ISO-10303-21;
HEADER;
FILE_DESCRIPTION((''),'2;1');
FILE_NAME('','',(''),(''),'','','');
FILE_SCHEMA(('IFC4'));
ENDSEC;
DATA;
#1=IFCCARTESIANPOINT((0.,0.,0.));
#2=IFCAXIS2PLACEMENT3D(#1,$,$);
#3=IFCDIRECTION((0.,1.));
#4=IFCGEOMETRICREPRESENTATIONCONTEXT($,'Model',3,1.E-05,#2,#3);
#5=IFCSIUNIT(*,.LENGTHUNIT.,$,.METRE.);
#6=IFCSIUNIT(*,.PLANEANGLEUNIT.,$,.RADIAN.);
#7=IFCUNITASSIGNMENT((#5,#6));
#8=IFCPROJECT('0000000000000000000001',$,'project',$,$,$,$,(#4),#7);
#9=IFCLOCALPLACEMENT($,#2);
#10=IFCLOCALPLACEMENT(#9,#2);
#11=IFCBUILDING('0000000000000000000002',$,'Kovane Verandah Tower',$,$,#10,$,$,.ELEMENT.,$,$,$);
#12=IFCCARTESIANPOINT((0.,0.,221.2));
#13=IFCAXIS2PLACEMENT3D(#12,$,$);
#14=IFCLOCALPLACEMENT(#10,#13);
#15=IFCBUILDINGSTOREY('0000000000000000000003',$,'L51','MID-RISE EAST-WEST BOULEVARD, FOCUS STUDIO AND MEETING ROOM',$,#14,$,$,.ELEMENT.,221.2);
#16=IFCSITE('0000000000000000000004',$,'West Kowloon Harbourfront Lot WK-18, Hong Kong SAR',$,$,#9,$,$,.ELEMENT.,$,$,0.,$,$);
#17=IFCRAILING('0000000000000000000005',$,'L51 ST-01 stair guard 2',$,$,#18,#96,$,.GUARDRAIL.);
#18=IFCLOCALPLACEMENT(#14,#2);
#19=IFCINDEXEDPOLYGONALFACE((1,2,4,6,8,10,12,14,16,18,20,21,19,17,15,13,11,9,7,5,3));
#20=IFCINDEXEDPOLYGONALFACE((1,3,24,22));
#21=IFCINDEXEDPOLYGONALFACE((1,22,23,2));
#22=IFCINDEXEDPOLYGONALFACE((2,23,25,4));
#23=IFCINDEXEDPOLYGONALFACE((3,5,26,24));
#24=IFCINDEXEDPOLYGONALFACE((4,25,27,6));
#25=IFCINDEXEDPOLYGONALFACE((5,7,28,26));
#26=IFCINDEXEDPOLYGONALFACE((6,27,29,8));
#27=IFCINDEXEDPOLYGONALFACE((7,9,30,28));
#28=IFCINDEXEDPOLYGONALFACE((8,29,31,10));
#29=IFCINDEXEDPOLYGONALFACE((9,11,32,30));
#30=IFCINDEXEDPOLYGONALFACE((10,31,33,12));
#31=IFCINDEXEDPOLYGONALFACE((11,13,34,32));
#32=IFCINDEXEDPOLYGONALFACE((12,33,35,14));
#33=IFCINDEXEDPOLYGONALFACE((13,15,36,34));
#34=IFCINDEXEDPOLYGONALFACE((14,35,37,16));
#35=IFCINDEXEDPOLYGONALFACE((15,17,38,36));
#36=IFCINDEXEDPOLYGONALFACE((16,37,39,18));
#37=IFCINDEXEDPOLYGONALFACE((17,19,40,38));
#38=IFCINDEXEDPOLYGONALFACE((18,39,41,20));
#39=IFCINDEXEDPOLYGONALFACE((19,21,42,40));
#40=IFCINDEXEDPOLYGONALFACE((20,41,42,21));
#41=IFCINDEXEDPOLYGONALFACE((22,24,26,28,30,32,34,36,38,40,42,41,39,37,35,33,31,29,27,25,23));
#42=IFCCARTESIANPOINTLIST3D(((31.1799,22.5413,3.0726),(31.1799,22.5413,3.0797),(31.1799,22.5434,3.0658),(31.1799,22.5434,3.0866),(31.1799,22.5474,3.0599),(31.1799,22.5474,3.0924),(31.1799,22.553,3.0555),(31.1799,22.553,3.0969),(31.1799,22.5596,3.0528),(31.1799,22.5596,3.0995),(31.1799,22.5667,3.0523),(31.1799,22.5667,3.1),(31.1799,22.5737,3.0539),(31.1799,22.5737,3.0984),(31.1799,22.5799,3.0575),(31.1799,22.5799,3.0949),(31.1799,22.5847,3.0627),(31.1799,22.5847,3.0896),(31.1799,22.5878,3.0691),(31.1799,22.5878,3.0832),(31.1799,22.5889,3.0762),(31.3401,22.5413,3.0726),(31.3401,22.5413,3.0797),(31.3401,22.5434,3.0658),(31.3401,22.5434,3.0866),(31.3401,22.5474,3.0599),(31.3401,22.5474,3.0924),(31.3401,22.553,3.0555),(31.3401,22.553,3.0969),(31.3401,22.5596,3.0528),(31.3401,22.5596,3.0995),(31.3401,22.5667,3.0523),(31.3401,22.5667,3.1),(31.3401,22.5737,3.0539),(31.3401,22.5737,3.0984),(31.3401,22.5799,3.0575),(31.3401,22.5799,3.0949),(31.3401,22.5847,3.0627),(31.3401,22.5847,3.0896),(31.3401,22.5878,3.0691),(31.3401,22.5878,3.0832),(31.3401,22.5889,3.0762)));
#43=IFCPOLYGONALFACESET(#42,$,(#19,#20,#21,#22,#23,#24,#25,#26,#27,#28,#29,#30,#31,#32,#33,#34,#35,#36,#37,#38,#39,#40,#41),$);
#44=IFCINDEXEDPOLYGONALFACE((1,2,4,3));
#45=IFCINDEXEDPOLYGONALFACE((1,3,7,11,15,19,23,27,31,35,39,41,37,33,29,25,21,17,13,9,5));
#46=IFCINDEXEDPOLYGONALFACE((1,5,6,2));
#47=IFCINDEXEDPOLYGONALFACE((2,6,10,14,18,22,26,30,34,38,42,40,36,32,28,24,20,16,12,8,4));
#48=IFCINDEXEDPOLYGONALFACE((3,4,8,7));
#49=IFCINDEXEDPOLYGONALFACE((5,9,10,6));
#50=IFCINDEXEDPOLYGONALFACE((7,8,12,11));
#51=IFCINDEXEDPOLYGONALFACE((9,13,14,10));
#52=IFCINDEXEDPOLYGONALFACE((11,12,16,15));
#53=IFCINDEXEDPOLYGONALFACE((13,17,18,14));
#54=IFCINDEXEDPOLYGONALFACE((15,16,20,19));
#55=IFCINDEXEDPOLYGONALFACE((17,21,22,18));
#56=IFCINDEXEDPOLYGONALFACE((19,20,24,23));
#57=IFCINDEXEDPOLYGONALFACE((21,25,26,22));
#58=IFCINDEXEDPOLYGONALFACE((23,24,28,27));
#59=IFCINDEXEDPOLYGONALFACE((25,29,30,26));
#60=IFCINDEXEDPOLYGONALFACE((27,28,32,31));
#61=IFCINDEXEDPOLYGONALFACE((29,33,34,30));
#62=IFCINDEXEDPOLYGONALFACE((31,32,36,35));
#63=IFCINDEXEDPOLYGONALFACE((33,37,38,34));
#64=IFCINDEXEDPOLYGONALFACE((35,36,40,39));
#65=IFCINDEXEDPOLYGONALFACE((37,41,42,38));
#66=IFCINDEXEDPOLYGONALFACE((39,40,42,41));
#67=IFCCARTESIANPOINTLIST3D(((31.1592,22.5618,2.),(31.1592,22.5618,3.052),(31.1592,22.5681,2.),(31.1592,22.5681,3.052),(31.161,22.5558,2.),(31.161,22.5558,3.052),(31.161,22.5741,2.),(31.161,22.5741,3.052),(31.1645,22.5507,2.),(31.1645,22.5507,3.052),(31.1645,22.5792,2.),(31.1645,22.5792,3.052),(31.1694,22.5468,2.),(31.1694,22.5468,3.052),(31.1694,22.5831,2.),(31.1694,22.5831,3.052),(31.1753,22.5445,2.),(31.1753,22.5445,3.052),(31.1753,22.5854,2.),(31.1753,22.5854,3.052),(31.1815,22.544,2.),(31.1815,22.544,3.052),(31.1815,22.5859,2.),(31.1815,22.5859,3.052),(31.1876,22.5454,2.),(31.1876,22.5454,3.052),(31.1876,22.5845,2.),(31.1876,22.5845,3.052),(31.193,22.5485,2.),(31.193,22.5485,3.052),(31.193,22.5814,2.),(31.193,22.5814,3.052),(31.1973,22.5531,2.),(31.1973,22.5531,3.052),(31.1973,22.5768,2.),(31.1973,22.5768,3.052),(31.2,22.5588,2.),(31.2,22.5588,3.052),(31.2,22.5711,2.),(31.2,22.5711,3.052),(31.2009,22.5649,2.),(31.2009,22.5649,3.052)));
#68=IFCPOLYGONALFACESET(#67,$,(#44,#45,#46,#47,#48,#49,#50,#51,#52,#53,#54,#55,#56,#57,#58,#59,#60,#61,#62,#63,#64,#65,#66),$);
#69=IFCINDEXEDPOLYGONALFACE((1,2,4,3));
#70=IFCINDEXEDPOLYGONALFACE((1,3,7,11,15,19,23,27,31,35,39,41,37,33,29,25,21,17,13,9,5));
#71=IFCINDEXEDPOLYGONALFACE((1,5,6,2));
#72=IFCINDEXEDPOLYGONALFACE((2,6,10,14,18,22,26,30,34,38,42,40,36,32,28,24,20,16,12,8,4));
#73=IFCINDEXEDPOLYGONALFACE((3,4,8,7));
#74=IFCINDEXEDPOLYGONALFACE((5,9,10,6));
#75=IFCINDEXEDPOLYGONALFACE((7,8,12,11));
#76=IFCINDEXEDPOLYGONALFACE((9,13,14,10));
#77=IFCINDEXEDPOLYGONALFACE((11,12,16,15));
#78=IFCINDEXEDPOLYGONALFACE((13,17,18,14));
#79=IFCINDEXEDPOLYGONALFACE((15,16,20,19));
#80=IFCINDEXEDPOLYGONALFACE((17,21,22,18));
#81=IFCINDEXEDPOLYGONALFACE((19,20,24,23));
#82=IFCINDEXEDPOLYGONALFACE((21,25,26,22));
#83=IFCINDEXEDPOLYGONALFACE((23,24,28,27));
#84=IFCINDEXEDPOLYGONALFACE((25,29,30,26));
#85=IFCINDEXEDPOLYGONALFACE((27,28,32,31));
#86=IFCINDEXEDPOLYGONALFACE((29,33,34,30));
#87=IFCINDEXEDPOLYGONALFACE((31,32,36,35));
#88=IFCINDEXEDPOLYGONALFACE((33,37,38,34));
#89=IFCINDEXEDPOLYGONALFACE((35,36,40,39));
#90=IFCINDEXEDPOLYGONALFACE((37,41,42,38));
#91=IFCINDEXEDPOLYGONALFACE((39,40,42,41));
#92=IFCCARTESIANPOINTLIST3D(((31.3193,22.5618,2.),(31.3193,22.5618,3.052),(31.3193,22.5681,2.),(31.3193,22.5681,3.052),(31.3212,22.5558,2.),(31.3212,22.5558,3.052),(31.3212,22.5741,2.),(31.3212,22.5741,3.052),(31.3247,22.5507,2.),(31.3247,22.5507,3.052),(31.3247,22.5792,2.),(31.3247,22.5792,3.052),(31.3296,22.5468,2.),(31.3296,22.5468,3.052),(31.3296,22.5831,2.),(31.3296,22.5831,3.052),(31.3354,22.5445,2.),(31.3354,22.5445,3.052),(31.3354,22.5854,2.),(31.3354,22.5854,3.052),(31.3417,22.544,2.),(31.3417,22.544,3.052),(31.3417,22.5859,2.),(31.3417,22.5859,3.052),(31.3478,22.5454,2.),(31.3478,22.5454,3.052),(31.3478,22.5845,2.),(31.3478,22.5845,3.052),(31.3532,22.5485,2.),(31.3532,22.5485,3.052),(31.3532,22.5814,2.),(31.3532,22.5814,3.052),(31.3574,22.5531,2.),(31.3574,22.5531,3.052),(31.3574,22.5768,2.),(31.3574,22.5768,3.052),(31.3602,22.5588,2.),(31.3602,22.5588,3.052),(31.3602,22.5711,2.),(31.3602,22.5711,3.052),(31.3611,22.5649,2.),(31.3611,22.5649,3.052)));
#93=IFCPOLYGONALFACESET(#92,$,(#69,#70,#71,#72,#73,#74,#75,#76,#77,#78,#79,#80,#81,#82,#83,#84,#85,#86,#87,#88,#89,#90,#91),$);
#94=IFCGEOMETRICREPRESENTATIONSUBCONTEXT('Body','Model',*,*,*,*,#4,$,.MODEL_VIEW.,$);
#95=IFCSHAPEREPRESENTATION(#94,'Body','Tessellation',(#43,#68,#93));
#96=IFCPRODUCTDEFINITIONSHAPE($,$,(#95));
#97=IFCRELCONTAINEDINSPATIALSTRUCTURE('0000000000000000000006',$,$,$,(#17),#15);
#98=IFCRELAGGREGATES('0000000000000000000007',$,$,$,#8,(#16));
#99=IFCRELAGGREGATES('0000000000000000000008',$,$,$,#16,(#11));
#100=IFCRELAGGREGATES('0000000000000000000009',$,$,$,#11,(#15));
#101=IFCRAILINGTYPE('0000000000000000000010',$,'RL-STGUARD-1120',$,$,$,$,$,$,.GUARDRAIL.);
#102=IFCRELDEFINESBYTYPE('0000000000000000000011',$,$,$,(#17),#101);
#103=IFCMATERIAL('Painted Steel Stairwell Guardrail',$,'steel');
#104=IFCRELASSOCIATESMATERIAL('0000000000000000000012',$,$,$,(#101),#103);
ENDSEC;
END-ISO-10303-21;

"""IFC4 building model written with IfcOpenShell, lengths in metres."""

from ifc_helpers import new_model, si_unit, direction, frame, origin, origin_2d, place, context, subcontext, project, spatial, circle, extrude, material, type_object, element, save


model = new_model("IFC4")

# Units and contexts
model_context = context("Model", 3, precision=1e-05, world=origin(), true_north=direction((0.0, 1.0)))
body_context = subcontext(model_context, "Body", "Model", "MODEL_VIEW")
ifc_project = project(units=[si_unit("LENGTHUNIT", "METRE"), si_unit("PLANEANGLEUNIT", "RADIAN")], contexts=[model_context])

# Site, building, storey
site_placement = place(None, origin())
site = spatial("IfcSite", under=ifc_project, at=site_placement, Name="West Kowloon Harbourfront Lot WK-18, Hong Kong SAR", CompositionType="ELEMENT", RefElevation=0.0)
building_placement = place(site_placement, origin())
building = spatial("IfcBuilding", under=site, at=building_placement, Name="Kovane Verandah Tower", CompositionType="ELEMENT")
storey_placement = place(building_placement, frame((0.0, 0.0, 221.2)))
storey = spatial("IfcBuildingStorey", under=building, at=storey_placement, Name="L51", Description="MID-RISE EAST-WEST BOULEVARD, FOCUS STUDIO AND MEETING ROOM", CompositionType="ELEMENT", Elevation=221.2)

# Railing
ifc_material_1 = material(Name="Painted Steel Stairwell Guardrail", Category="steel")
railing_type_1 = type_object("IfcRailingType", Name="RL-STGUARD-1120", PredefinedType="GUARDRAIL", material=ifc_material_1)
railing_1_placement = place(storey_placement, frame((31.1799, 22.5649, 2.0)))
element("IfcRailing", 1, at=railing_1_placement, inside=storey, type_object=railing_type_1, Name="L51 ST-01 stair guard 2", PredefinedType="GUARDRAIL", context=body_context, shape_type="SweptSolid", body=[
    extrude(circle(Radius=0.0239, at=origin_2d()), frame((0.0, 0.0, 1.0762), z_axis=(1.0, 0.0, 0.0), x_axis=(0.0, 1.0, 0.0)), (0.0, 0.0, 1.0), 0.1602),
    extrude(circle(Radius=0.021, at=origin_2d()), origin(), (0.0, 0.0, 1.0), 1.052),
    extrude(circle(Radius=0.021, at=origin_2d()), frame((0.1602, 0.0, 0.0)), (0.0, 0.0, 1.0), 1.052),
])

save(model, "model.ifc")
